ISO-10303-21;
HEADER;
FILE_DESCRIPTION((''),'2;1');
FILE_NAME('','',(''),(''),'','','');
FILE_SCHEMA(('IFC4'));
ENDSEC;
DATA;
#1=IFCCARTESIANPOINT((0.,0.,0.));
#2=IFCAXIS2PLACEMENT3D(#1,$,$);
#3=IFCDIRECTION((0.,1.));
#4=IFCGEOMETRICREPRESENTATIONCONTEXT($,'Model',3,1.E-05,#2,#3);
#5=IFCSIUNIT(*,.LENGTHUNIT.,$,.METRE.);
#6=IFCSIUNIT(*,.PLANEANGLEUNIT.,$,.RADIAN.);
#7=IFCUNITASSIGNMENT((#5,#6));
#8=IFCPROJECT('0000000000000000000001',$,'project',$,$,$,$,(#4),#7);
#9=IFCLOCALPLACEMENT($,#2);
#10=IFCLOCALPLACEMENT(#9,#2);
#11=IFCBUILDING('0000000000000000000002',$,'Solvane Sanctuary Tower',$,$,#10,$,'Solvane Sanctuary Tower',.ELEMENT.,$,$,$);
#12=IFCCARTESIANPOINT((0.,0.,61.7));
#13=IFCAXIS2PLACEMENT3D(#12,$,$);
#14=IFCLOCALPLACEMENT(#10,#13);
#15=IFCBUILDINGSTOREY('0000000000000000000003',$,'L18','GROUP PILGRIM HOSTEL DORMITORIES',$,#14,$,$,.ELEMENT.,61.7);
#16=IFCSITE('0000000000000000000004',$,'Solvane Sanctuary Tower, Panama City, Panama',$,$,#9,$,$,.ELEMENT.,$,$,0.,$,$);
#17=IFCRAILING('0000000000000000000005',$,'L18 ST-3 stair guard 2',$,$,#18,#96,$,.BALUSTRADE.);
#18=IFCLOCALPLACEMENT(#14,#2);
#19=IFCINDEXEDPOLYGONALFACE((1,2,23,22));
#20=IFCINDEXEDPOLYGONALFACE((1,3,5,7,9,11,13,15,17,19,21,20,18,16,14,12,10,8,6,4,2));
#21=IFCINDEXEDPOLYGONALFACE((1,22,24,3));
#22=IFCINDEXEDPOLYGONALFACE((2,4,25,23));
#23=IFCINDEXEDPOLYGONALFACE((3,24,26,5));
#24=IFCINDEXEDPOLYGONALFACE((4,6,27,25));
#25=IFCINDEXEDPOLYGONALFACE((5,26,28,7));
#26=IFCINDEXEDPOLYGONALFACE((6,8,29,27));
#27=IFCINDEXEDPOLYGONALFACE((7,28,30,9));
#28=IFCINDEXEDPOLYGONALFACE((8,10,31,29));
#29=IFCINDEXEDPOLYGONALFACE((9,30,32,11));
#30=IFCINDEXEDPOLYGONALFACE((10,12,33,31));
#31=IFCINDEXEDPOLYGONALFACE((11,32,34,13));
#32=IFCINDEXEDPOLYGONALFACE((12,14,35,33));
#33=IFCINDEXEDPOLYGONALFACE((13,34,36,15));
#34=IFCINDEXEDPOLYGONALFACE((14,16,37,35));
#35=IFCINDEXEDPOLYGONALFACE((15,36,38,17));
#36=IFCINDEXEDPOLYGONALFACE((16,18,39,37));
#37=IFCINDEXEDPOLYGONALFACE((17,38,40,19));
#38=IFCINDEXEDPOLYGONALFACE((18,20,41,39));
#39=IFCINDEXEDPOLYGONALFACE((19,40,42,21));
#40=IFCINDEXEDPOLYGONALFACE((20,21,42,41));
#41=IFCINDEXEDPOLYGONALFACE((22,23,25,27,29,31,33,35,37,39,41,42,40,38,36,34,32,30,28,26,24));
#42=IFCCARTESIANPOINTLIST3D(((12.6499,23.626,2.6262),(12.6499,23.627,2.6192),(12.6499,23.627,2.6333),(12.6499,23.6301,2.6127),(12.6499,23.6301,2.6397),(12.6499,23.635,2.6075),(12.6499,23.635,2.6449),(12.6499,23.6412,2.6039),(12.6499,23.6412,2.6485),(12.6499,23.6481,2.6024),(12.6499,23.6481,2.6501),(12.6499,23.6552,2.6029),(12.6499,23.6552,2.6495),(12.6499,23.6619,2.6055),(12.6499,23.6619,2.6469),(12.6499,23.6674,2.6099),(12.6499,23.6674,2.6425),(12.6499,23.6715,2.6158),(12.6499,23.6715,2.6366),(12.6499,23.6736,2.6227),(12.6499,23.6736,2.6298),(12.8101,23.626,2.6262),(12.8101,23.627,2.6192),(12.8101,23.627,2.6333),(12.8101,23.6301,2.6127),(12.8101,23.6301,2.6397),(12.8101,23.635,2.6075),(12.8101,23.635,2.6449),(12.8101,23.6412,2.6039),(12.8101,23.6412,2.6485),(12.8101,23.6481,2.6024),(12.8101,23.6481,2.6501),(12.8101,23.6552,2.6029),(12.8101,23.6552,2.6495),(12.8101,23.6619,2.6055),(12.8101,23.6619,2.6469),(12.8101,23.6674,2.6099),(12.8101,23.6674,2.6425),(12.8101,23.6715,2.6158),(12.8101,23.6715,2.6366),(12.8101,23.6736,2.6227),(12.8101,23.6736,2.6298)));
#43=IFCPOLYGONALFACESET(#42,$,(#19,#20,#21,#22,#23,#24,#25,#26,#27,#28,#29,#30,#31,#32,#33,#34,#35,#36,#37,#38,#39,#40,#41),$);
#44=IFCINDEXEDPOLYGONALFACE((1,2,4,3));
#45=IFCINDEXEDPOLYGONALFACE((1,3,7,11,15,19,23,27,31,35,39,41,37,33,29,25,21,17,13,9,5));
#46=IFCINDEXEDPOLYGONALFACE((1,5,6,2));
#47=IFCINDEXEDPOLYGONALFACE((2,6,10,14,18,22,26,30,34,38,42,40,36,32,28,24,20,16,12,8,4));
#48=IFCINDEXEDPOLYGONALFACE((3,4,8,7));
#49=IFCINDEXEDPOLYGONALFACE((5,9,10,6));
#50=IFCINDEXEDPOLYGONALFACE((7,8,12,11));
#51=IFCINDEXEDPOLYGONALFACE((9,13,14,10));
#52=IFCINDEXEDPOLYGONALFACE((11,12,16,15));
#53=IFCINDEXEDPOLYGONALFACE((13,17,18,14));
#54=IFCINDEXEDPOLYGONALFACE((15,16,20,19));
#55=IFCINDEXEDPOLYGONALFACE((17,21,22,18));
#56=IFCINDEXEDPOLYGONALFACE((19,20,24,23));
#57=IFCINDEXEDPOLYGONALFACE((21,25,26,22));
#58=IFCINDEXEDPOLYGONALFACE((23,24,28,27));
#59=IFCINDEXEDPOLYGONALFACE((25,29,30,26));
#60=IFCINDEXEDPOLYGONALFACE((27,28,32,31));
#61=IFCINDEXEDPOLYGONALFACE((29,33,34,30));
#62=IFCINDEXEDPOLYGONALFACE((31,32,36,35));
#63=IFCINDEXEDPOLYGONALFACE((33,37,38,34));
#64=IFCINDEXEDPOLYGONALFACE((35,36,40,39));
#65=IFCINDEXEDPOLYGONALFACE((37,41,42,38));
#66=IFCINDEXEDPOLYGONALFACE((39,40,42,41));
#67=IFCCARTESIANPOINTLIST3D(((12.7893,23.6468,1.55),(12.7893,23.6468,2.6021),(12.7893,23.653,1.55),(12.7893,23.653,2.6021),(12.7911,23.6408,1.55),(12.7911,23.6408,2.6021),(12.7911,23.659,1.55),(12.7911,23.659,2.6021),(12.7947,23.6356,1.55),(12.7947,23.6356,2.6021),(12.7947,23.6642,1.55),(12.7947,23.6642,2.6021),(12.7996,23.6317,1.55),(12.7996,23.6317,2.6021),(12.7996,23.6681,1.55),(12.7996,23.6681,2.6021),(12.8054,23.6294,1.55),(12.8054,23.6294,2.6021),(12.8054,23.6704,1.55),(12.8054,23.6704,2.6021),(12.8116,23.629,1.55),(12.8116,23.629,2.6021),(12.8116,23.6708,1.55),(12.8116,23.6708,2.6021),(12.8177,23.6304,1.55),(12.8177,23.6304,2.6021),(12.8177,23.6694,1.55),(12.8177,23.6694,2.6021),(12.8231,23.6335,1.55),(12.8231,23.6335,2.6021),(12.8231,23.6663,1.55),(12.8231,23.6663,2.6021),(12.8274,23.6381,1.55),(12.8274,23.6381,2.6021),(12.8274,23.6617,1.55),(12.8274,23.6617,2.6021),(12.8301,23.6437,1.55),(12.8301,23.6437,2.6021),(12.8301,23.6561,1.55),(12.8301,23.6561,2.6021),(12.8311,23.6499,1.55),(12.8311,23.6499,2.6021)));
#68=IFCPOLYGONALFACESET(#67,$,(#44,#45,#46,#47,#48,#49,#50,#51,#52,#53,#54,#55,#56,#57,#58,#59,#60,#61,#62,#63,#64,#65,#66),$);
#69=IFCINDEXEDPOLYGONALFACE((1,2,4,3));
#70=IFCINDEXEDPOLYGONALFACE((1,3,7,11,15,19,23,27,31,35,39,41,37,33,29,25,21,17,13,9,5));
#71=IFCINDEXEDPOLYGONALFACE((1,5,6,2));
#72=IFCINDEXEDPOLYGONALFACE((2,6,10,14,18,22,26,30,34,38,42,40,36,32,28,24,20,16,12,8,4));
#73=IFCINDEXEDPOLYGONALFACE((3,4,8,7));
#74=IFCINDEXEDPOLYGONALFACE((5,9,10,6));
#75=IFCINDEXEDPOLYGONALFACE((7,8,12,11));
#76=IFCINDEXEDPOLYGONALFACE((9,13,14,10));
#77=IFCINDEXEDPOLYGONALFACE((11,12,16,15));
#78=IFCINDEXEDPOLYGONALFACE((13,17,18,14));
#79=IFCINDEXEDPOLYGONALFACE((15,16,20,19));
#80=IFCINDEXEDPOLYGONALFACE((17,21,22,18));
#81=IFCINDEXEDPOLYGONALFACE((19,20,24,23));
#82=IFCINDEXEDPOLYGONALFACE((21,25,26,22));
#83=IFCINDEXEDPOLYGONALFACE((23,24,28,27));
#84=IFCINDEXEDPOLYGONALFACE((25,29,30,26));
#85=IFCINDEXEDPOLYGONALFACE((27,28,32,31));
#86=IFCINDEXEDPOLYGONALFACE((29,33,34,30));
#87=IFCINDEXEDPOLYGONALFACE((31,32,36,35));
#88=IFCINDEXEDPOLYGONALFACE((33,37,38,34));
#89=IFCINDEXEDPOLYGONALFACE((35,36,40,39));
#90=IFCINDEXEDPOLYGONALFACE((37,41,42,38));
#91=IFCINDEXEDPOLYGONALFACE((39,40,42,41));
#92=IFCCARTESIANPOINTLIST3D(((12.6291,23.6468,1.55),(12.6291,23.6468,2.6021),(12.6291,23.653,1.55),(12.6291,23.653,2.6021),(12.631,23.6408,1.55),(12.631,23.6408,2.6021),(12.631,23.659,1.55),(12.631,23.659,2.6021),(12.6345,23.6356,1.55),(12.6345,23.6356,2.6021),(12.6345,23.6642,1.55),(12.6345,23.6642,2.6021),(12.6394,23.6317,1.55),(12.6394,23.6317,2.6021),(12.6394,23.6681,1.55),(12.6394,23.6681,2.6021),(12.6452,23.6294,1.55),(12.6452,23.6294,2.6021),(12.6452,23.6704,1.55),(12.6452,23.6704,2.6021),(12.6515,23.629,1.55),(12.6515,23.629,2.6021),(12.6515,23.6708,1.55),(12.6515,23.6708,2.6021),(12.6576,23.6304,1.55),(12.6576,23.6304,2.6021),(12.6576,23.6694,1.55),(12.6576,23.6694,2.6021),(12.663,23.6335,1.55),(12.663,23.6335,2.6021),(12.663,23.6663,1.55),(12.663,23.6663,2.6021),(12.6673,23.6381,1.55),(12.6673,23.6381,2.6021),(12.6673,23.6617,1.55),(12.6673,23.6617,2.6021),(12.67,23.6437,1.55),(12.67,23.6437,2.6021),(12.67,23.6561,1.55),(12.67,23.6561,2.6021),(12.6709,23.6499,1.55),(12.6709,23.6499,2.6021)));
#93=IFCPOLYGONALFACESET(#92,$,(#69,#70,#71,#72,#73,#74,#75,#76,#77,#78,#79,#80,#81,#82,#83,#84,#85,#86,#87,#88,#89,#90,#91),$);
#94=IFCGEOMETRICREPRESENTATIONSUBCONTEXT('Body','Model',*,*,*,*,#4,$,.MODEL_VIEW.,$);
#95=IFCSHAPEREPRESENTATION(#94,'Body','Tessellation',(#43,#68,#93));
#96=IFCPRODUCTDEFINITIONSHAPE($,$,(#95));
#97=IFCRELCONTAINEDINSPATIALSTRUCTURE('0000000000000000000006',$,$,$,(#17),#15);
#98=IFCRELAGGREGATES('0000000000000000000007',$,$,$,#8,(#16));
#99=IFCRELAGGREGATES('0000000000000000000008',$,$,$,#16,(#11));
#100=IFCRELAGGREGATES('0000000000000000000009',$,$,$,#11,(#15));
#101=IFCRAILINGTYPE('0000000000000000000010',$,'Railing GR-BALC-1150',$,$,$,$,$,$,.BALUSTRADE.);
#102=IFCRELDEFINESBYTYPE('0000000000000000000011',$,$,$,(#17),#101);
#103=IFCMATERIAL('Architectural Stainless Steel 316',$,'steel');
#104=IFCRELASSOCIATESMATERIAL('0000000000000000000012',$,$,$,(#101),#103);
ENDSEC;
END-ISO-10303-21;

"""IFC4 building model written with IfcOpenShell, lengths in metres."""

from ifc_helpers import new_model, si_unit, direction, frame, origin, origin_2d, place, context, subcontext, project, spatial, circle, extrude, material, type_object, element, save


model = new_model("IFC4")

# Units and contexts
model_context = context("Model", 3, precision=1e-05, world=origin(), true_north=direction((0.0, 1.0)))
body_context = subcontext(model_context, "Body", "Model", "MODEL_VIEW")
ifc_project = project(units=[si_unit("LENGTHUNIT", "METRE"), si_unit("PLANEANGLEUNIT", "RADIAN")], contexts=[model_context])

# Site, building, storey
site_placement = place(None, origin())
site = spatial("IfcSite", under=ifc_project, at=site_placement, Name="Solvane Sanctuary Tower, Panama City, Panama", CompositionType="ELEMENT", RefElevation=0.0)
building_placement = place(site_placement, origin())
building = spatial("IfcBuilding", under=site, at=building_placement, Name="Solvane Sanctuary Tower", LongName="Solvane Sanctuary Tower", CompositionType="ELEMENT")
storey_placement = place(building_placement, frame((0.0, 0.0, 61.7)))
storey = spatial("IfcBuildingStorey", under=building, at=storey_placement, Name="L18", Description="GROUP PILGRIM HOSTEL DORMITORIES", CompositionType="ELEMENT", Elevation=61.7)

# Shared definitions
ifc_material_1 = material(Name="Architectural Stainless Steel 316", Category="steel")

# Railing
railing_type_1 = type_object("IfcRailingType", Name="Railing GR-BALC-1150", PredefinedType="BALUSTRADE", material=ifc_material_1)
railing_1_placement = place(storey_placement, frame((12.8101, 23.6499, 1.55)))
element("IfcRailing", 1, at=railing_1_placement, inside=storey, type_object=railing_type_1, Name="L18 ST-3 stair guard 2", PredefinedType="BALUSTRADE", context=body_context, shape_type="SweptSolid", body=[
    extrude(circle(Radius=0.0239, at=origin_2d()), frame((0.0, 0.0, 1.0762), z_axis=(-1.0, 0.0, 0.0), x_axis=(0.0, -1.0, 0.0)), (0.0, 0.0, 1.0), 0.1602),
    extrude(circle(Radius=0.021, at=origin_2d()), origin(), (0.0, 0.0, 1.0), 1.052),
    extrude(circle(Radius=0.021, at=origin_2d()), frame((-0.1602, 0.0, 0.0)), (0.0, 0.0, 1.0), 1.052),
])

save(model, "model.ifc")
